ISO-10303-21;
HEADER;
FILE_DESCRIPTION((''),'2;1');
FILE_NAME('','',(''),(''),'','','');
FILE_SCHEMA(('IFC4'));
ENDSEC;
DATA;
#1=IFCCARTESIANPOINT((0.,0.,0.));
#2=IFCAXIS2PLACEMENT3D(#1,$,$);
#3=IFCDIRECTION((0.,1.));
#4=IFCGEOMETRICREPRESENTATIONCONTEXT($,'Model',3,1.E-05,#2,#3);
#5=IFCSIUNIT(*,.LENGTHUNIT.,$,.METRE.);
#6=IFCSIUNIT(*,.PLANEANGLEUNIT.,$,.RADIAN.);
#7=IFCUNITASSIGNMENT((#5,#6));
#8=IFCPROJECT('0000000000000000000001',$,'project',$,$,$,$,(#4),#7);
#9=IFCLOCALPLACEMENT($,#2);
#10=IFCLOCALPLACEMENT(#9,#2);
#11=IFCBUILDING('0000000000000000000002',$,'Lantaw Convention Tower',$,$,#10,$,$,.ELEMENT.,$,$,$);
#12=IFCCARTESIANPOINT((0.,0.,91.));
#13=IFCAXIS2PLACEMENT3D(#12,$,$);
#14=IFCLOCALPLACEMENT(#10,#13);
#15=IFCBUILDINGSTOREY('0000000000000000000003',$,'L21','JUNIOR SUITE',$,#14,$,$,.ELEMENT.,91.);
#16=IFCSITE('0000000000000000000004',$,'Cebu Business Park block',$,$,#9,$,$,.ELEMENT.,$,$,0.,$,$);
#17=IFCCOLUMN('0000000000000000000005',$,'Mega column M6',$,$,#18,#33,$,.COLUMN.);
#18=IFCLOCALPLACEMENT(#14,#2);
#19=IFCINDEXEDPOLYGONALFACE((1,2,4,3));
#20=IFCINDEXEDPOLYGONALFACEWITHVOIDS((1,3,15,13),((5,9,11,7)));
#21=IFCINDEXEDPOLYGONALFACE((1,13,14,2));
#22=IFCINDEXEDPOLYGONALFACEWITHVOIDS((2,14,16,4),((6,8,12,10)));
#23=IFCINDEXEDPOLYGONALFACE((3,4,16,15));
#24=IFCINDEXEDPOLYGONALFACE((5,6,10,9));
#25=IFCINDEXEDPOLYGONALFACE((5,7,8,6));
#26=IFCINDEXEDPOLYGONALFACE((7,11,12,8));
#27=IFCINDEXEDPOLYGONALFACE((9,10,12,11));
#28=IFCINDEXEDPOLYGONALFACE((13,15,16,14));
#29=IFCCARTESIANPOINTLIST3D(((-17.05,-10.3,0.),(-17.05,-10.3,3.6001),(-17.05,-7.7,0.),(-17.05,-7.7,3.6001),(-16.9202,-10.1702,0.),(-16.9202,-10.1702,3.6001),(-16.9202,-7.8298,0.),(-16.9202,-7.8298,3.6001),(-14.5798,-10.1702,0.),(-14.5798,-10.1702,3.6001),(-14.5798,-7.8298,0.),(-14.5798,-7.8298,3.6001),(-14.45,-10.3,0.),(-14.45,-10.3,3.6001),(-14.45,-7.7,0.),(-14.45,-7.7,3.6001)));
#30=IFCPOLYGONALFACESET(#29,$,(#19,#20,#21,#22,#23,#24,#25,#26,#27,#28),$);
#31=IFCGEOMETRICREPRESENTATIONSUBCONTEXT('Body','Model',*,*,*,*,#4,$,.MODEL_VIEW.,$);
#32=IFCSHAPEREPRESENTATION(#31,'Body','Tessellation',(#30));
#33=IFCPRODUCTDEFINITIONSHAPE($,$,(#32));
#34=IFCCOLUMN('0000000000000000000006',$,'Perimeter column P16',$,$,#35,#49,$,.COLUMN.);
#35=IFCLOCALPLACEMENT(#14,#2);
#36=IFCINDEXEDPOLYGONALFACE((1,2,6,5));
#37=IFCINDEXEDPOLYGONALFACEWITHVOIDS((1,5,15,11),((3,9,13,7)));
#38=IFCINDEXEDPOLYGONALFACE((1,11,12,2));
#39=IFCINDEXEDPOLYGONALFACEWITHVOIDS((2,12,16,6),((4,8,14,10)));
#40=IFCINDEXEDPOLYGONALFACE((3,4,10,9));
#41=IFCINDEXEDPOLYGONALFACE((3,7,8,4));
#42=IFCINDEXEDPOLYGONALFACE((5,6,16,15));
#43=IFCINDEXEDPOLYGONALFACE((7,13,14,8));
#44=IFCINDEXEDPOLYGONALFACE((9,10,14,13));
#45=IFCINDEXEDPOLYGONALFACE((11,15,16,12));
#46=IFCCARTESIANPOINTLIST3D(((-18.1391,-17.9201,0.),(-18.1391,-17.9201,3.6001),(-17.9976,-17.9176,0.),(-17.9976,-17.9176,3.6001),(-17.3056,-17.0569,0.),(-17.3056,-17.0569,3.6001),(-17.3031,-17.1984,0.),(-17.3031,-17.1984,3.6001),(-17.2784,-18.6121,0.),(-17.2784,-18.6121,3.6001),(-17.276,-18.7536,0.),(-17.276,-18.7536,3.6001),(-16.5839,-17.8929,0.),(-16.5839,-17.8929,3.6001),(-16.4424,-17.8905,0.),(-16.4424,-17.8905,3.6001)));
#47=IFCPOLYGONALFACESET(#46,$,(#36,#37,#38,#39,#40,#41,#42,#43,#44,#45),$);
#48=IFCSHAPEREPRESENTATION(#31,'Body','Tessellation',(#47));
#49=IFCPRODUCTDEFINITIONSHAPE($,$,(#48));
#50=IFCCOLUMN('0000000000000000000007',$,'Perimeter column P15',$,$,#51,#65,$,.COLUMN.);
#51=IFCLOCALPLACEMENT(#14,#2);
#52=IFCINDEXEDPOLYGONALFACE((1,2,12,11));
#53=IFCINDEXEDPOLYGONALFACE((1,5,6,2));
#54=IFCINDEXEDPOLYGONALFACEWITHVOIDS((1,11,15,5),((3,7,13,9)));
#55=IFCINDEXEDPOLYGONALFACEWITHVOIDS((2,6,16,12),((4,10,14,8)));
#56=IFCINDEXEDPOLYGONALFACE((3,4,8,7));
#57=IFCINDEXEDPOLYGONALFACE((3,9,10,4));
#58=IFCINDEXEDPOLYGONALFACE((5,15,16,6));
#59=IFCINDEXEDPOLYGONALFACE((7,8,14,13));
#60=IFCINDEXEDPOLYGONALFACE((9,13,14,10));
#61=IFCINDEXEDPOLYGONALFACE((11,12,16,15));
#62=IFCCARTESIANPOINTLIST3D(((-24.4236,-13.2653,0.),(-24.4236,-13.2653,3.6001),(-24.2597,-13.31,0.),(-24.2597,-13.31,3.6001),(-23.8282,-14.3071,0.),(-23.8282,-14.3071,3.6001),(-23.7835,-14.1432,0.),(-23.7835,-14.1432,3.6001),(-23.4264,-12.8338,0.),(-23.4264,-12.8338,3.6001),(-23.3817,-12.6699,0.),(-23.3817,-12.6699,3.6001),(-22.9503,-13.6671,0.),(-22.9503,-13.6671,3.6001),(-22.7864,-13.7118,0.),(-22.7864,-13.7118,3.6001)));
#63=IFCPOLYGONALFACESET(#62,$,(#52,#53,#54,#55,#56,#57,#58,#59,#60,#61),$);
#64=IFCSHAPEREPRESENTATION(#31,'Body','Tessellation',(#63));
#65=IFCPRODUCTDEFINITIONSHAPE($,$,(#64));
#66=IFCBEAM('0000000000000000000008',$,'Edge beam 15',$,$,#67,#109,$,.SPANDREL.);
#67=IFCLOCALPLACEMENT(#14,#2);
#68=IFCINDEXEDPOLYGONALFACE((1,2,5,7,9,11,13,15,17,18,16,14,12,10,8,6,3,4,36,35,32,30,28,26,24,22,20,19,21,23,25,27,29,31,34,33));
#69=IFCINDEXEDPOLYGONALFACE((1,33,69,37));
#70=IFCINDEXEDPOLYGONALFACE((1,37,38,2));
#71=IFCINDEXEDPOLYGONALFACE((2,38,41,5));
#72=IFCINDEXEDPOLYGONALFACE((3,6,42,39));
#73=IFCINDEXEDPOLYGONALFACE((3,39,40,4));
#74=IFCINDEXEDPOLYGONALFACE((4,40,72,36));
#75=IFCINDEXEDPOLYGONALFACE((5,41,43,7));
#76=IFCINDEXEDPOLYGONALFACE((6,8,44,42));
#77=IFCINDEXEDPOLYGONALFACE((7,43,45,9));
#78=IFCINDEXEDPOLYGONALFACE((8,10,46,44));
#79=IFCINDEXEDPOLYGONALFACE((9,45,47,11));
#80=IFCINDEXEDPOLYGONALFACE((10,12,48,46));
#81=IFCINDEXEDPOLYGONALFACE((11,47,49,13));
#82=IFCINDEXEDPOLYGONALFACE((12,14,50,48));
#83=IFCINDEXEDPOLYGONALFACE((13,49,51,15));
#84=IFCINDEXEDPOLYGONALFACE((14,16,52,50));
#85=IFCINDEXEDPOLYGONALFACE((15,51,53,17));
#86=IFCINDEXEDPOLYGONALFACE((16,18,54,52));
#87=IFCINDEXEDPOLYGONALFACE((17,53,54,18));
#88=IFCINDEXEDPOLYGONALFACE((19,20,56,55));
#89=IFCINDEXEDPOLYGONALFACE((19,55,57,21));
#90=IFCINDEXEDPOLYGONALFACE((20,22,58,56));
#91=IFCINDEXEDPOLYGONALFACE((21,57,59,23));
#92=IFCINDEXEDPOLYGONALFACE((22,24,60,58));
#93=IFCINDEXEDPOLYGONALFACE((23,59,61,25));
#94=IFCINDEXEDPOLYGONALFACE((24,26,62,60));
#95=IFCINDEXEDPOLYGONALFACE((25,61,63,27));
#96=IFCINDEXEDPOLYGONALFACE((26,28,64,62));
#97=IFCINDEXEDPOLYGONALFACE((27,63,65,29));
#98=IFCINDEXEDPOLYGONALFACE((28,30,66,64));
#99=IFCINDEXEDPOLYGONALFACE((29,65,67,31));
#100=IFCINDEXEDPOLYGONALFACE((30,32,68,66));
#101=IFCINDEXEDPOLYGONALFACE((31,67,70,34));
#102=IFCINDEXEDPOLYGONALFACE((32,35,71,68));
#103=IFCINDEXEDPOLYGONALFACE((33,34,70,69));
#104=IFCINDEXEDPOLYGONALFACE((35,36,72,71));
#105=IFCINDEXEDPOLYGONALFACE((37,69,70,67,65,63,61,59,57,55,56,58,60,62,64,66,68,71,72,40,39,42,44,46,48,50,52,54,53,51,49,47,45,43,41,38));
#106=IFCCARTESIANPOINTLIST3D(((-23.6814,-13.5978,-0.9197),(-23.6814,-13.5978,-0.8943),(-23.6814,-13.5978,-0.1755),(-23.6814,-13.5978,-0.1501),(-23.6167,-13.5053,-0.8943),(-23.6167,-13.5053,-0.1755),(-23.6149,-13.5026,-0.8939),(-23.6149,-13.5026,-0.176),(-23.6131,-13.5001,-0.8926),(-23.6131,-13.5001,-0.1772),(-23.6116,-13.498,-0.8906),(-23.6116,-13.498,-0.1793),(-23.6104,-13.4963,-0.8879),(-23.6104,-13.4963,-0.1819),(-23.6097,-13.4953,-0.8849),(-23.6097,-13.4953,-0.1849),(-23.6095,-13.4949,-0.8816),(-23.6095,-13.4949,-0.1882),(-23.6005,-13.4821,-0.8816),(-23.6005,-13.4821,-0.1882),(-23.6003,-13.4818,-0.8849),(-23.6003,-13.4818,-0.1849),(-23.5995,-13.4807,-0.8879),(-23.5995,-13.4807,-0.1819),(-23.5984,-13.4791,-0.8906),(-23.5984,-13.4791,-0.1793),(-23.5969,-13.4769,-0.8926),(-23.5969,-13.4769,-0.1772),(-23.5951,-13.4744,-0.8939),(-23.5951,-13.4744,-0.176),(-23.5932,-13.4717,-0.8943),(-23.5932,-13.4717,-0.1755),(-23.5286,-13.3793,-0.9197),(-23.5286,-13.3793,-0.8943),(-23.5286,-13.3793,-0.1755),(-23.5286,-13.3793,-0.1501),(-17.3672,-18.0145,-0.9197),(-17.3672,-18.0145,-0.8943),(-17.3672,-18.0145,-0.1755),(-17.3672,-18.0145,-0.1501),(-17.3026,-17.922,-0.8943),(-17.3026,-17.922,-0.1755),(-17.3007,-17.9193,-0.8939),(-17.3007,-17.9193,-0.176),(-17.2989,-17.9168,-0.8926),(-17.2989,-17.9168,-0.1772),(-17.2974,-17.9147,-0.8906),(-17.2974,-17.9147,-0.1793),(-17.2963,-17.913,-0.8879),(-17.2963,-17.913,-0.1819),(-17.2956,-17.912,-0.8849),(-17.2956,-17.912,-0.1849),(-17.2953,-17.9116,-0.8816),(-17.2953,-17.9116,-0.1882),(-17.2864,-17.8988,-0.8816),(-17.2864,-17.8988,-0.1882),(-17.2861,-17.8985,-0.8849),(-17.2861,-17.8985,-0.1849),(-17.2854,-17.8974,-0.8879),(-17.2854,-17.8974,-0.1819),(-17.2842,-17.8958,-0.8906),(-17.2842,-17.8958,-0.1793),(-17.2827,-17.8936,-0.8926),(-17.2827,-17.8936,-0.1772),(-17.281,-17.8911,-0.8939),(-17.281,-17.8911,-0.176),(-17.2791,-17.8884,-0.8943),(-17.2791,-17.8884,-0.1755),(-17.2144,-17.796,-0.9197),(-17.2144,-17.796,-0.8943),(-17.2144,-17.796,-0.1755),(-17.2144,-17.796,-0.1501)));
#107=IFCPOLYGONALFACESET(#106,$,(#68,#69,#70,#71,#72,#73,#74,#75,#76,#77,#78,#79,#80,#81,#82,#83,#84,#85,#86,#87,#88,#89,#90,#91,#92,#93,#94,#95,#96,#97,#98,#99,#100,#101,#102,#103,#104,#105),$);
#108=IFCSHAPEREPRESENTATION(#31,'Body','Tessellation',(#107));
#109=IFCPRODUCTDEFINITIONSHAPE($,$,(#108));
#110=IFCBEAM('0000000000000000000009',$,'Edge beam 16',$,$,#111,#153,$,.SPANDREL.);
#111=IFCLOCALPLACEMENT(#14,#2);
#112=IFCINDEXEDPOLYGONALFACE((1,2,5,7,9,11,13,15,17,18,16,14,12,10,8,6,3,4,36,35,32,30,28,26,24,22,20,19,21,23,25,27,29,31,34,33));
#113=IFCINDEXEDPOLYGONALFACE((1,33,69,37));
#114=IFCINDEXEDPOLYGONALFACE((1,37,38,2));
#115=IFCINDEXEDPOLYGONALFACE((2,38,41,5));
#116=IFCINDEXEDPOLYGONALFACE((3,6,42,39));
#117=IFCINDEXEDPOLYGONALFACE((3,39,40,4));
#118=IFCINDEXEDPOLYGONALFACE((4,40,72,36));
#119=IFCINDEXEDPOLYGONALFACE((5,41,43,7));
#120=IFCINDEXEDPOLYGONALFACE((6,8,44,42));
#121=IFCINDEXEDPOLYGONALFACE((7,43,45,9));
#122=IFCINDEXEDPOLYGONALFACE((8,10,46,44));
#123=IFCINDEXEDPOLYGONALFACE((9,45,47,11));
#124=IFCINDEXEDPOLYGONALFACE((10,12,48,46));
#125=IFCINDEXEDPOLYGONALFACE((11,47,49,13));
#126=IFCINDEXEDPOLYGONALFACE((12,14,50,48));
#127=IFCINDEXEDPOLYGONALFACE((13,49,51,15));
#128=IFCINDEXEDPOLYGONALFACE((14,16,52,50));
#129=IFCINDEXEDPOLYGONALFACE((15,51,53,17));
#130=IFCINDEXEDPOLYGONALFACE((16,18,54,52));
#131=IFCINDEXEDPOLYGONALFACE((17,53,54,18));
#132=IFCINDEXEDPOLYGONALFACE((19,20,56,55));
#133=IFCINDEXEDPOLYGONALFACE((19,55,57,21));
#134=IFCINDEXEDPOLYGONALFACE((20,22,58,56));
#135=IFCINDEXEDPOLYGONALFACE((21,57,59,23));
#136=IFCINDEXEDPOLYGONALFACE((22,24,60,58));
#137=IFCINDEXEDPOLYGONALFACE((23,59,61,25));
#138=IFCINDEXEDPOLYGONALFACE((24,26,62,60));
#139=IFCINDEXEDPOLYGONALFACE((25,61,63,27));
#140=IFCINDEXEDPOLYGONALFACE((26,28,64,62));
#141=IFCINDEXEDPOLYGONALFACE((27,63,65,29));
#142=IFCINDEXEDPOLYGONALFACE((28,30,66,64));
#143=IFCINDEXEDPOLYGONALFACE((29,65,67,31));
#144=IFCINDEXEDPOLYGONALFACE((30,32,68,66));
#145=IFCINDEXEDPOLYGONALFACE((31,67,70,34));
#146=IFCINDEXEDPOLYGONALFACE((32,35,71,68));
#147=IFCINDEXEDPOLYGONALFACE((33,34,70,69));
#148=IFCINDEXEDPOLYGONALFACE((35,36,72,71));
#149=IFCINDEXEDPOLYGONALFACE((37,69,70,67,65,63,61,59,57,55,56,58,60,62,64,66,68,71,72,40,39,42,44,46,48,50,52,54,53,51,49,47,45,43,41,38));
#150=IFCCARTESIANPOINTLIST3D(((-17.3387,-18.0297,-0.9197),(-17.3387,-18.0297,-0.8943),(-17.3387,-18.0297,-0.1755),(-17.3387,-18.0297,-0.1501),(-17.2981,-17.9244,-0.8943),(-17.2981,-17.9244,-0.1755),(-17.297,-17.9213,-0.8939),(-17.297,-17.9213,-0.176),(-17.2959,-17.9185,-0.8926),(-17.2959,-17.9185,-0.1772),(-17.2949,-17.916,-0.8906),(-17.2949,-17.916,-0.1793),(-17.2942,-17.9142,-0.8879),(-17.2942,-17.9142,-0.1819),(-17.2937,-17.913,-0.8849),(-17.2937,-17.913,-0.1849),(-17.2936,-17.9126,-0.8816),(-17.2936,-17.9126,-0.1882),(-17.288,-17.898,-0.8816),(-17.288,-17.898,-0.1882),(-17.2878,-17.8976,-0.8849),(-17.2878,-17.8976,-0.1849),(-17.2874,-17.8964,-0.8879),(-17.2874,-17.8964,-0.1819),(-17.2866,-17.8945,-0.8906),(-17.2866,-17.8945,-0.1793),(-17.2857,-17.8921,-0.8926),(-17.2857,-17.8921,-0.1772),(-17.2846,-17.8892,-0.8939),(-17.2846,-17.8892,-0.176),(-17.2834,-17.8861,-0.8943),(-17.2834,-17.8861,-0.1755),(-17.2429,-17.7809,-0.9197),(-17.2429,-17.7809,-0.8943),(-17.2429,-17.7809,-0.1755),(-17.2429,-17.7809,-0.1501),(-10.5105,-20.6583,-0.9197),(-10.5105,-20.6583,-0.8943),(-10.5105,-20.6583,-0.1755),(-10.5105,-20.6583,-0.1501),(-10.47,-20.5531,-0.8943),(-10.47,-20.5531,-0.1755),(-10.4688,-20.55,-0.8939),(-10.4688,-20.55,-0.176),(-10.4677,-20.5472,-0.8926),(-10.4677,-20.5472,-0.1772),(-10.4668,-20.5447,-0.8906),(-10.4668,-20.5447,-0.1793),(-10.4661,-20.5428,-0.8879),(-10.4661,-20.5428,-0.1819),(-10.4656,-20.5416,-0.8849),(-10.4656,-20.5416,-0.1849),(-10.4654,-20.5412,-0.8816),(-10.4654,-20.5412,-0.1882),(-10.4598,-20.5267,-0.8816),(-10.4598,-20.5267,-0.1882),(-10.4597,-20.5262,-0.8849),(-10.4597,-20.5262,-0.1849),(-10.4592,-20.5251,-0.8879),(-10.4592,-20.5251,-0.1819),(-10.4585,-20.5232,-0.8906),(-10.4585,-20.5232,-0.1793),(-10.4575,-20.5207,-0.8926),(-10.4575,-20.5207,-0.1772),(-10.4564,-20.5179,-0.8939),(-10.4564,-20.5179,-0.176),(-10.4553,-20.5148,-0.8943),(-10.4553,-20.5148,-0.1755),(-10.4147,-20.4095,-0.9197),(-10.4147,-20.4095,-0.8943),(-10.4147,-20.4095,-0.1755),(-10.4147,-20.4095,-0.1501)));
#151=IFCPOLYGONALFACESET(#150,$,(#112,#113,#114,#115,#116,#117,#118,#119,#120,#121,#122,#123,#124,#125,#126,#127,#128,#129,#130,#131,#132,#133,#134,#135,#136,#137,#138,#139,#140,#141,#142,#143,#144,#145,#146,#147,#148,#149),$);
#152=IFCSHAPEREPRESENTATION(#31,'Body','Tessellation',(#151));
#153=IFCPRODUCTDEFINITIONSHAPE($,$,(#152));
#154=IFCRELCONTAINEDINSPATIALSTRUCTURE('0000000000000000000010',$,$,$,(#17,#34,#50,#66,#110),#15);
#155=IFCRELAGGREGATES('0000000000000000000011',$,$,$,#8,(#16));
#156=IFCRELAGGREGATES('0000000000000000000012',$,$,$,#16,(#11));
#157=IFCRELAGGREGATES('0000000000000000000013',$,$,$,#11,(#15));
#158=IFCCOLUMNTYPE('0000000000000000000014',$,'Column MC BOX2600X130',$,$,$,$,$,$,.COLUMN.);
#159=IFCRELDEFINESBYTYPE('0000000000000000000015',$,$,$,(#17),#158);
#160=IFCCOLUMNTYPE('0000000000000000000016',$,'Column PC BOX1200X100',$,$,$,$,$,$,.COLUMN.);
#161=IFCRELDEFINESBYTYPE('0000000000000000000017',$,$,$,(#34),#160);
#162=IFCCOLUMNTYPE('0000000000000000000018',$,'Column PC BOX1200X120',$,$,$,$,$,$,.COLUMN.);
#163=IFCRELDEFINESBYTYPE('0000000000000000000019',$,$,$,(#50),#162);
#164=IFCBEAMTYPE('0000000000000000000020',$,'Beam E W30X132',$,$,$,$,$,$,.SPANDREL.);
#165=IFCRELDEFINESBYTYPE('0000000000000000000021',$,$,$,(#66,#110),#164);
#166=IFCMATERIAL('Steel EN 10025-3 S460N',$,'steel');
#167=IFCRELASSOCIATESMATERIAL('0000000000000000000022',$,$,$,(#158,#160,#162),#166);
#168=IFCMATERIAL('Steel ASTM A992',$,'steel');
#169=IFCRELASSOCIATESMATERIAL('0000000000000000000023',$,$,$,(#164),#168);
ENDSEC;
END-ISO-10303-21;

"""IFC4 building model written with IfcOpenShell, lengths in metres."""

from ifc_helpers import new_model, si_unit, direction, frame, origin, origin_2d, place, context, subcontext, project, spatial, rectangle, hollow_rectangle, i_section, extrude, material, material_profile, profile_set, type_object, element, save


model = new_model("IFC4")

# Units and contexts
model_context = context("Model", 3, precision=1e-05, world=origin(), true_north=direction((0.0, 1.0)))
body_context = subcontext(model_context, "Body", "Model", "MODEL_VIEW")
ifc_project = project(units=[si_unit("LENGTHUNIT", "METRE"), si_unit("PLANEANGLEUNIT", "RADIAN")], contexts=[model_context])

# Site, building, storey
site_placement = place(None, origin())
site = spatial("IfcSite", under=ifc_project, at=site_placement, Name="Cebu Business Park block", CompositionType="ELEMENT", RefElevation=0.0)
building_placement = place(site_placement, origin())
building = spatial("IfcBuilding", under=site, at=building_placement, Name="Lantaw Convention Tower", CompositionType="ELEMENT")
storey_placement = place(building_placement, frame((0.0, 0.0, 91.0)))
storey = spatial("IfcBuildingStorey", under=building, at=storey_placement, Name="L21", Description="JUNIOR SUITE", CompositionType="ELEMENT", Elevation=91.0)

# Columns
ifc_material_1 = material(Name="Steel EN 10025-3 S460N", Category="steel")
ifc_material_profile_1 = material_profile(ifc_material_1, hollow_rectangle(XDim=2.6001, YDim=2.6001, WallThickness=0.1299, at=origin_2d()), Name="BOX2600X130")
ifc_material_2 = material(Name="Concrete C60/75", Category="concrete")
ifc_material_profile_2 = material_profile(ifc_material_2, rectangle(XDim=2.3401, YDim=2.3401, at=origin_2d()), Name="Concrete fill of BOX2600X130")
ifc_profile_set_1 = profile_set([ifc_material_profile_1, ifc_material_profile_2], Name="Steel EN 10025-3 S460N")
column_type_1 = type_object("IfcColumnType", Name="Column MC BOX2600X130", PredefinedType="COLUMN", material=ifc_profile_set_1)
column_1_placement = place(storey_placement, frame((-15.75, -9.0, 0.0), z_axis=(0.0, 0.0, 1.0), x_axis=(1.0, 0.0, 0.0)))
element("IfcColumn", 1, at=column_1_placement, inside=storey, type_object=column_type_1, Name="Mega column M6", PredefinedType="COLUMN", context=body_context, shape_type="SweptSolid", body=[
    extrude(hollow_rectangle(XDim=2.6001, YDim=2.6001, WallThickness=0.1299, at=origin_2d()), origin(), (0.0, 0.0, 1.0), 3.6001),
])
ifc_material_profile_3 = material_profile(ifc_material_1, hollow_rectangle(XDim=1.2, YDim=1.2, WallThickness=0.1001, at=origin_2d()), Name="BOX1200X100")
ifc_material_profile_4 = material_profile(ifc_material_2, rectangle(XDim=1.0, YDim=1.0, at=origin_2d()), Name="Concrete fill of BOX1200X100")
ifc_profile_set_2 = profile_set([ifc_material_profile_3, ifc_material_profile_4], Name="Steel EN 10025-3 S460N")
column_type_2 = type_object("IfcColumnType", Name="Column PC BOX1200X100", PredefinedType="COLUMN", material=ifc_profile_set_2)
column_2_placement = place(storey_placement, frame((-17.2908, -17.9053, 0.0), z_axis=(0.0, 0.0, 1.0), x_axis=(0.694658, 0.71934, 0.0)))
element("IfcColumn", 2, at=column_2_placement, inside=storey, type_object=column_type_2, Name="Perimeter column P16", PredefinedType="COLUMN", context=body_context, shape_type="SweptSolid", body=[
    extrude(hollow_rectangle(XDim=1.2, YDim=1.2, WallThickness=0.1001, at=origin_2d()), origin(), (0.0, 0.0, 1.0), 3.6001),
])
ifc_material_profile_5 = material_profile(ifc_material_1, hollow_rectangle(XDim=1.2, YDim=1.2, WallThickness=0.1201, at=origin_2d()), Name="BOX1200X120")
ifc_material_profile_6 = material_profile(ifc_material_2, rectangle(XDim=0.96, YDim=0.96, at=origin_2d()), Name="Concrete fill of BOX1200X120")
ifc_profile_set_3 = profile_set([ifc_material_profile_5, ifc_material_profile_6], Name="Steel EN 10025-3 S460N")
column_type_3 = type_object("IfcColumnType", Name="Column PC BOX1200X120", PredefinedType="COLUMN", material=ifc_profile_set_3)
column_3_placement = place(storey_placement, frame((-23.605, -13.4885, 0.0), z_axis=(0.0, 0.0, 1.0), x_axis=(0.868243, 0.496139, 0.0)))
element("IfcColumn", 3, at=column_3_placement, inside=storey, type_object=column_type_3, Name="Perimeter column P15", PredefinedType="COLUMN", context=body_context, shape_type="SweptSolid", body=[
    extrude(hollow_rectangle(XDim=1.2, YDim=1.2, WallThickness=0.1201, at=origin_2d()), origin(), (0.0, 0.0, 1.0), 3.6001),
])

# Beams
ifc_material_3 = material(Name="Steel ASTM A992", Category="steel")
ifc_material_profile_7 = material_profile(ifc_material_3, i_section(OverallWidth=0.2666, OverallDepth=0.7695, WebThickness=0.0156, FlangeThickness=0.0254, FilletRadius=0.0127, at=origin_2d()), Name="W30X132")
ifc_profile_set_4 = profile_set([ifc_material_profile_7], Name="Steel ASTM A992")
beam_type_1 = type_object("IfcBeamType", Name="Beam E W30X132", PredefinedType="SPANDREL", material=ifc_profile_set_4)
beam_1_placement = place(storey_placement, frame((-23.605, -13.4885, -0.5349), z_axis=(0.819427, -0.573184, 0.0), x_axis=(0.573184, 0.819427, 0.0)))
element("IfcBeam", 4, at=beam_1_placement, inside=storey, type_object=beam_type_1, Name="Edge beam 15", PredefinedType="SPANDREL", context=body_context, shape_type="SweptSolid", body=[
    extrude(i_section(OverallWidth=0.2666, OverallDepth=0.7695, WebThickness=0.0156, FlangeThickness=0.0254, FilletRadius=0.0127, at=origin_2d()), origin(), (0.0, 0.0, 1.0), 7.7056),
])
beam_2_placement = place(storey_placement, frame((-17.2908, -17.9053, -0.5349), z_axis=(0.933233, -0.359272, 0.0), x_axis=(0.359272, 0.933233, 0.0)))
element("IfcBeam", 5, at=beam_2_placement, inside=storey, type_object=beam_type_1, Name="Edge beam 16", PredefinedType="SPANDREL", context=body_context, shape_type="SweptSolid", body=[
    extrude(i_section(OverallWidth=0.2666, OverallDepth=0.7695, WebThickness=0.0156, FlangeThickness=0.0254, FilletRadius=0.0127, at=origin_2d()), origin(), (0.0, 0.0, 1.0), 7.3167),
])

save(model, "model.ifc")
